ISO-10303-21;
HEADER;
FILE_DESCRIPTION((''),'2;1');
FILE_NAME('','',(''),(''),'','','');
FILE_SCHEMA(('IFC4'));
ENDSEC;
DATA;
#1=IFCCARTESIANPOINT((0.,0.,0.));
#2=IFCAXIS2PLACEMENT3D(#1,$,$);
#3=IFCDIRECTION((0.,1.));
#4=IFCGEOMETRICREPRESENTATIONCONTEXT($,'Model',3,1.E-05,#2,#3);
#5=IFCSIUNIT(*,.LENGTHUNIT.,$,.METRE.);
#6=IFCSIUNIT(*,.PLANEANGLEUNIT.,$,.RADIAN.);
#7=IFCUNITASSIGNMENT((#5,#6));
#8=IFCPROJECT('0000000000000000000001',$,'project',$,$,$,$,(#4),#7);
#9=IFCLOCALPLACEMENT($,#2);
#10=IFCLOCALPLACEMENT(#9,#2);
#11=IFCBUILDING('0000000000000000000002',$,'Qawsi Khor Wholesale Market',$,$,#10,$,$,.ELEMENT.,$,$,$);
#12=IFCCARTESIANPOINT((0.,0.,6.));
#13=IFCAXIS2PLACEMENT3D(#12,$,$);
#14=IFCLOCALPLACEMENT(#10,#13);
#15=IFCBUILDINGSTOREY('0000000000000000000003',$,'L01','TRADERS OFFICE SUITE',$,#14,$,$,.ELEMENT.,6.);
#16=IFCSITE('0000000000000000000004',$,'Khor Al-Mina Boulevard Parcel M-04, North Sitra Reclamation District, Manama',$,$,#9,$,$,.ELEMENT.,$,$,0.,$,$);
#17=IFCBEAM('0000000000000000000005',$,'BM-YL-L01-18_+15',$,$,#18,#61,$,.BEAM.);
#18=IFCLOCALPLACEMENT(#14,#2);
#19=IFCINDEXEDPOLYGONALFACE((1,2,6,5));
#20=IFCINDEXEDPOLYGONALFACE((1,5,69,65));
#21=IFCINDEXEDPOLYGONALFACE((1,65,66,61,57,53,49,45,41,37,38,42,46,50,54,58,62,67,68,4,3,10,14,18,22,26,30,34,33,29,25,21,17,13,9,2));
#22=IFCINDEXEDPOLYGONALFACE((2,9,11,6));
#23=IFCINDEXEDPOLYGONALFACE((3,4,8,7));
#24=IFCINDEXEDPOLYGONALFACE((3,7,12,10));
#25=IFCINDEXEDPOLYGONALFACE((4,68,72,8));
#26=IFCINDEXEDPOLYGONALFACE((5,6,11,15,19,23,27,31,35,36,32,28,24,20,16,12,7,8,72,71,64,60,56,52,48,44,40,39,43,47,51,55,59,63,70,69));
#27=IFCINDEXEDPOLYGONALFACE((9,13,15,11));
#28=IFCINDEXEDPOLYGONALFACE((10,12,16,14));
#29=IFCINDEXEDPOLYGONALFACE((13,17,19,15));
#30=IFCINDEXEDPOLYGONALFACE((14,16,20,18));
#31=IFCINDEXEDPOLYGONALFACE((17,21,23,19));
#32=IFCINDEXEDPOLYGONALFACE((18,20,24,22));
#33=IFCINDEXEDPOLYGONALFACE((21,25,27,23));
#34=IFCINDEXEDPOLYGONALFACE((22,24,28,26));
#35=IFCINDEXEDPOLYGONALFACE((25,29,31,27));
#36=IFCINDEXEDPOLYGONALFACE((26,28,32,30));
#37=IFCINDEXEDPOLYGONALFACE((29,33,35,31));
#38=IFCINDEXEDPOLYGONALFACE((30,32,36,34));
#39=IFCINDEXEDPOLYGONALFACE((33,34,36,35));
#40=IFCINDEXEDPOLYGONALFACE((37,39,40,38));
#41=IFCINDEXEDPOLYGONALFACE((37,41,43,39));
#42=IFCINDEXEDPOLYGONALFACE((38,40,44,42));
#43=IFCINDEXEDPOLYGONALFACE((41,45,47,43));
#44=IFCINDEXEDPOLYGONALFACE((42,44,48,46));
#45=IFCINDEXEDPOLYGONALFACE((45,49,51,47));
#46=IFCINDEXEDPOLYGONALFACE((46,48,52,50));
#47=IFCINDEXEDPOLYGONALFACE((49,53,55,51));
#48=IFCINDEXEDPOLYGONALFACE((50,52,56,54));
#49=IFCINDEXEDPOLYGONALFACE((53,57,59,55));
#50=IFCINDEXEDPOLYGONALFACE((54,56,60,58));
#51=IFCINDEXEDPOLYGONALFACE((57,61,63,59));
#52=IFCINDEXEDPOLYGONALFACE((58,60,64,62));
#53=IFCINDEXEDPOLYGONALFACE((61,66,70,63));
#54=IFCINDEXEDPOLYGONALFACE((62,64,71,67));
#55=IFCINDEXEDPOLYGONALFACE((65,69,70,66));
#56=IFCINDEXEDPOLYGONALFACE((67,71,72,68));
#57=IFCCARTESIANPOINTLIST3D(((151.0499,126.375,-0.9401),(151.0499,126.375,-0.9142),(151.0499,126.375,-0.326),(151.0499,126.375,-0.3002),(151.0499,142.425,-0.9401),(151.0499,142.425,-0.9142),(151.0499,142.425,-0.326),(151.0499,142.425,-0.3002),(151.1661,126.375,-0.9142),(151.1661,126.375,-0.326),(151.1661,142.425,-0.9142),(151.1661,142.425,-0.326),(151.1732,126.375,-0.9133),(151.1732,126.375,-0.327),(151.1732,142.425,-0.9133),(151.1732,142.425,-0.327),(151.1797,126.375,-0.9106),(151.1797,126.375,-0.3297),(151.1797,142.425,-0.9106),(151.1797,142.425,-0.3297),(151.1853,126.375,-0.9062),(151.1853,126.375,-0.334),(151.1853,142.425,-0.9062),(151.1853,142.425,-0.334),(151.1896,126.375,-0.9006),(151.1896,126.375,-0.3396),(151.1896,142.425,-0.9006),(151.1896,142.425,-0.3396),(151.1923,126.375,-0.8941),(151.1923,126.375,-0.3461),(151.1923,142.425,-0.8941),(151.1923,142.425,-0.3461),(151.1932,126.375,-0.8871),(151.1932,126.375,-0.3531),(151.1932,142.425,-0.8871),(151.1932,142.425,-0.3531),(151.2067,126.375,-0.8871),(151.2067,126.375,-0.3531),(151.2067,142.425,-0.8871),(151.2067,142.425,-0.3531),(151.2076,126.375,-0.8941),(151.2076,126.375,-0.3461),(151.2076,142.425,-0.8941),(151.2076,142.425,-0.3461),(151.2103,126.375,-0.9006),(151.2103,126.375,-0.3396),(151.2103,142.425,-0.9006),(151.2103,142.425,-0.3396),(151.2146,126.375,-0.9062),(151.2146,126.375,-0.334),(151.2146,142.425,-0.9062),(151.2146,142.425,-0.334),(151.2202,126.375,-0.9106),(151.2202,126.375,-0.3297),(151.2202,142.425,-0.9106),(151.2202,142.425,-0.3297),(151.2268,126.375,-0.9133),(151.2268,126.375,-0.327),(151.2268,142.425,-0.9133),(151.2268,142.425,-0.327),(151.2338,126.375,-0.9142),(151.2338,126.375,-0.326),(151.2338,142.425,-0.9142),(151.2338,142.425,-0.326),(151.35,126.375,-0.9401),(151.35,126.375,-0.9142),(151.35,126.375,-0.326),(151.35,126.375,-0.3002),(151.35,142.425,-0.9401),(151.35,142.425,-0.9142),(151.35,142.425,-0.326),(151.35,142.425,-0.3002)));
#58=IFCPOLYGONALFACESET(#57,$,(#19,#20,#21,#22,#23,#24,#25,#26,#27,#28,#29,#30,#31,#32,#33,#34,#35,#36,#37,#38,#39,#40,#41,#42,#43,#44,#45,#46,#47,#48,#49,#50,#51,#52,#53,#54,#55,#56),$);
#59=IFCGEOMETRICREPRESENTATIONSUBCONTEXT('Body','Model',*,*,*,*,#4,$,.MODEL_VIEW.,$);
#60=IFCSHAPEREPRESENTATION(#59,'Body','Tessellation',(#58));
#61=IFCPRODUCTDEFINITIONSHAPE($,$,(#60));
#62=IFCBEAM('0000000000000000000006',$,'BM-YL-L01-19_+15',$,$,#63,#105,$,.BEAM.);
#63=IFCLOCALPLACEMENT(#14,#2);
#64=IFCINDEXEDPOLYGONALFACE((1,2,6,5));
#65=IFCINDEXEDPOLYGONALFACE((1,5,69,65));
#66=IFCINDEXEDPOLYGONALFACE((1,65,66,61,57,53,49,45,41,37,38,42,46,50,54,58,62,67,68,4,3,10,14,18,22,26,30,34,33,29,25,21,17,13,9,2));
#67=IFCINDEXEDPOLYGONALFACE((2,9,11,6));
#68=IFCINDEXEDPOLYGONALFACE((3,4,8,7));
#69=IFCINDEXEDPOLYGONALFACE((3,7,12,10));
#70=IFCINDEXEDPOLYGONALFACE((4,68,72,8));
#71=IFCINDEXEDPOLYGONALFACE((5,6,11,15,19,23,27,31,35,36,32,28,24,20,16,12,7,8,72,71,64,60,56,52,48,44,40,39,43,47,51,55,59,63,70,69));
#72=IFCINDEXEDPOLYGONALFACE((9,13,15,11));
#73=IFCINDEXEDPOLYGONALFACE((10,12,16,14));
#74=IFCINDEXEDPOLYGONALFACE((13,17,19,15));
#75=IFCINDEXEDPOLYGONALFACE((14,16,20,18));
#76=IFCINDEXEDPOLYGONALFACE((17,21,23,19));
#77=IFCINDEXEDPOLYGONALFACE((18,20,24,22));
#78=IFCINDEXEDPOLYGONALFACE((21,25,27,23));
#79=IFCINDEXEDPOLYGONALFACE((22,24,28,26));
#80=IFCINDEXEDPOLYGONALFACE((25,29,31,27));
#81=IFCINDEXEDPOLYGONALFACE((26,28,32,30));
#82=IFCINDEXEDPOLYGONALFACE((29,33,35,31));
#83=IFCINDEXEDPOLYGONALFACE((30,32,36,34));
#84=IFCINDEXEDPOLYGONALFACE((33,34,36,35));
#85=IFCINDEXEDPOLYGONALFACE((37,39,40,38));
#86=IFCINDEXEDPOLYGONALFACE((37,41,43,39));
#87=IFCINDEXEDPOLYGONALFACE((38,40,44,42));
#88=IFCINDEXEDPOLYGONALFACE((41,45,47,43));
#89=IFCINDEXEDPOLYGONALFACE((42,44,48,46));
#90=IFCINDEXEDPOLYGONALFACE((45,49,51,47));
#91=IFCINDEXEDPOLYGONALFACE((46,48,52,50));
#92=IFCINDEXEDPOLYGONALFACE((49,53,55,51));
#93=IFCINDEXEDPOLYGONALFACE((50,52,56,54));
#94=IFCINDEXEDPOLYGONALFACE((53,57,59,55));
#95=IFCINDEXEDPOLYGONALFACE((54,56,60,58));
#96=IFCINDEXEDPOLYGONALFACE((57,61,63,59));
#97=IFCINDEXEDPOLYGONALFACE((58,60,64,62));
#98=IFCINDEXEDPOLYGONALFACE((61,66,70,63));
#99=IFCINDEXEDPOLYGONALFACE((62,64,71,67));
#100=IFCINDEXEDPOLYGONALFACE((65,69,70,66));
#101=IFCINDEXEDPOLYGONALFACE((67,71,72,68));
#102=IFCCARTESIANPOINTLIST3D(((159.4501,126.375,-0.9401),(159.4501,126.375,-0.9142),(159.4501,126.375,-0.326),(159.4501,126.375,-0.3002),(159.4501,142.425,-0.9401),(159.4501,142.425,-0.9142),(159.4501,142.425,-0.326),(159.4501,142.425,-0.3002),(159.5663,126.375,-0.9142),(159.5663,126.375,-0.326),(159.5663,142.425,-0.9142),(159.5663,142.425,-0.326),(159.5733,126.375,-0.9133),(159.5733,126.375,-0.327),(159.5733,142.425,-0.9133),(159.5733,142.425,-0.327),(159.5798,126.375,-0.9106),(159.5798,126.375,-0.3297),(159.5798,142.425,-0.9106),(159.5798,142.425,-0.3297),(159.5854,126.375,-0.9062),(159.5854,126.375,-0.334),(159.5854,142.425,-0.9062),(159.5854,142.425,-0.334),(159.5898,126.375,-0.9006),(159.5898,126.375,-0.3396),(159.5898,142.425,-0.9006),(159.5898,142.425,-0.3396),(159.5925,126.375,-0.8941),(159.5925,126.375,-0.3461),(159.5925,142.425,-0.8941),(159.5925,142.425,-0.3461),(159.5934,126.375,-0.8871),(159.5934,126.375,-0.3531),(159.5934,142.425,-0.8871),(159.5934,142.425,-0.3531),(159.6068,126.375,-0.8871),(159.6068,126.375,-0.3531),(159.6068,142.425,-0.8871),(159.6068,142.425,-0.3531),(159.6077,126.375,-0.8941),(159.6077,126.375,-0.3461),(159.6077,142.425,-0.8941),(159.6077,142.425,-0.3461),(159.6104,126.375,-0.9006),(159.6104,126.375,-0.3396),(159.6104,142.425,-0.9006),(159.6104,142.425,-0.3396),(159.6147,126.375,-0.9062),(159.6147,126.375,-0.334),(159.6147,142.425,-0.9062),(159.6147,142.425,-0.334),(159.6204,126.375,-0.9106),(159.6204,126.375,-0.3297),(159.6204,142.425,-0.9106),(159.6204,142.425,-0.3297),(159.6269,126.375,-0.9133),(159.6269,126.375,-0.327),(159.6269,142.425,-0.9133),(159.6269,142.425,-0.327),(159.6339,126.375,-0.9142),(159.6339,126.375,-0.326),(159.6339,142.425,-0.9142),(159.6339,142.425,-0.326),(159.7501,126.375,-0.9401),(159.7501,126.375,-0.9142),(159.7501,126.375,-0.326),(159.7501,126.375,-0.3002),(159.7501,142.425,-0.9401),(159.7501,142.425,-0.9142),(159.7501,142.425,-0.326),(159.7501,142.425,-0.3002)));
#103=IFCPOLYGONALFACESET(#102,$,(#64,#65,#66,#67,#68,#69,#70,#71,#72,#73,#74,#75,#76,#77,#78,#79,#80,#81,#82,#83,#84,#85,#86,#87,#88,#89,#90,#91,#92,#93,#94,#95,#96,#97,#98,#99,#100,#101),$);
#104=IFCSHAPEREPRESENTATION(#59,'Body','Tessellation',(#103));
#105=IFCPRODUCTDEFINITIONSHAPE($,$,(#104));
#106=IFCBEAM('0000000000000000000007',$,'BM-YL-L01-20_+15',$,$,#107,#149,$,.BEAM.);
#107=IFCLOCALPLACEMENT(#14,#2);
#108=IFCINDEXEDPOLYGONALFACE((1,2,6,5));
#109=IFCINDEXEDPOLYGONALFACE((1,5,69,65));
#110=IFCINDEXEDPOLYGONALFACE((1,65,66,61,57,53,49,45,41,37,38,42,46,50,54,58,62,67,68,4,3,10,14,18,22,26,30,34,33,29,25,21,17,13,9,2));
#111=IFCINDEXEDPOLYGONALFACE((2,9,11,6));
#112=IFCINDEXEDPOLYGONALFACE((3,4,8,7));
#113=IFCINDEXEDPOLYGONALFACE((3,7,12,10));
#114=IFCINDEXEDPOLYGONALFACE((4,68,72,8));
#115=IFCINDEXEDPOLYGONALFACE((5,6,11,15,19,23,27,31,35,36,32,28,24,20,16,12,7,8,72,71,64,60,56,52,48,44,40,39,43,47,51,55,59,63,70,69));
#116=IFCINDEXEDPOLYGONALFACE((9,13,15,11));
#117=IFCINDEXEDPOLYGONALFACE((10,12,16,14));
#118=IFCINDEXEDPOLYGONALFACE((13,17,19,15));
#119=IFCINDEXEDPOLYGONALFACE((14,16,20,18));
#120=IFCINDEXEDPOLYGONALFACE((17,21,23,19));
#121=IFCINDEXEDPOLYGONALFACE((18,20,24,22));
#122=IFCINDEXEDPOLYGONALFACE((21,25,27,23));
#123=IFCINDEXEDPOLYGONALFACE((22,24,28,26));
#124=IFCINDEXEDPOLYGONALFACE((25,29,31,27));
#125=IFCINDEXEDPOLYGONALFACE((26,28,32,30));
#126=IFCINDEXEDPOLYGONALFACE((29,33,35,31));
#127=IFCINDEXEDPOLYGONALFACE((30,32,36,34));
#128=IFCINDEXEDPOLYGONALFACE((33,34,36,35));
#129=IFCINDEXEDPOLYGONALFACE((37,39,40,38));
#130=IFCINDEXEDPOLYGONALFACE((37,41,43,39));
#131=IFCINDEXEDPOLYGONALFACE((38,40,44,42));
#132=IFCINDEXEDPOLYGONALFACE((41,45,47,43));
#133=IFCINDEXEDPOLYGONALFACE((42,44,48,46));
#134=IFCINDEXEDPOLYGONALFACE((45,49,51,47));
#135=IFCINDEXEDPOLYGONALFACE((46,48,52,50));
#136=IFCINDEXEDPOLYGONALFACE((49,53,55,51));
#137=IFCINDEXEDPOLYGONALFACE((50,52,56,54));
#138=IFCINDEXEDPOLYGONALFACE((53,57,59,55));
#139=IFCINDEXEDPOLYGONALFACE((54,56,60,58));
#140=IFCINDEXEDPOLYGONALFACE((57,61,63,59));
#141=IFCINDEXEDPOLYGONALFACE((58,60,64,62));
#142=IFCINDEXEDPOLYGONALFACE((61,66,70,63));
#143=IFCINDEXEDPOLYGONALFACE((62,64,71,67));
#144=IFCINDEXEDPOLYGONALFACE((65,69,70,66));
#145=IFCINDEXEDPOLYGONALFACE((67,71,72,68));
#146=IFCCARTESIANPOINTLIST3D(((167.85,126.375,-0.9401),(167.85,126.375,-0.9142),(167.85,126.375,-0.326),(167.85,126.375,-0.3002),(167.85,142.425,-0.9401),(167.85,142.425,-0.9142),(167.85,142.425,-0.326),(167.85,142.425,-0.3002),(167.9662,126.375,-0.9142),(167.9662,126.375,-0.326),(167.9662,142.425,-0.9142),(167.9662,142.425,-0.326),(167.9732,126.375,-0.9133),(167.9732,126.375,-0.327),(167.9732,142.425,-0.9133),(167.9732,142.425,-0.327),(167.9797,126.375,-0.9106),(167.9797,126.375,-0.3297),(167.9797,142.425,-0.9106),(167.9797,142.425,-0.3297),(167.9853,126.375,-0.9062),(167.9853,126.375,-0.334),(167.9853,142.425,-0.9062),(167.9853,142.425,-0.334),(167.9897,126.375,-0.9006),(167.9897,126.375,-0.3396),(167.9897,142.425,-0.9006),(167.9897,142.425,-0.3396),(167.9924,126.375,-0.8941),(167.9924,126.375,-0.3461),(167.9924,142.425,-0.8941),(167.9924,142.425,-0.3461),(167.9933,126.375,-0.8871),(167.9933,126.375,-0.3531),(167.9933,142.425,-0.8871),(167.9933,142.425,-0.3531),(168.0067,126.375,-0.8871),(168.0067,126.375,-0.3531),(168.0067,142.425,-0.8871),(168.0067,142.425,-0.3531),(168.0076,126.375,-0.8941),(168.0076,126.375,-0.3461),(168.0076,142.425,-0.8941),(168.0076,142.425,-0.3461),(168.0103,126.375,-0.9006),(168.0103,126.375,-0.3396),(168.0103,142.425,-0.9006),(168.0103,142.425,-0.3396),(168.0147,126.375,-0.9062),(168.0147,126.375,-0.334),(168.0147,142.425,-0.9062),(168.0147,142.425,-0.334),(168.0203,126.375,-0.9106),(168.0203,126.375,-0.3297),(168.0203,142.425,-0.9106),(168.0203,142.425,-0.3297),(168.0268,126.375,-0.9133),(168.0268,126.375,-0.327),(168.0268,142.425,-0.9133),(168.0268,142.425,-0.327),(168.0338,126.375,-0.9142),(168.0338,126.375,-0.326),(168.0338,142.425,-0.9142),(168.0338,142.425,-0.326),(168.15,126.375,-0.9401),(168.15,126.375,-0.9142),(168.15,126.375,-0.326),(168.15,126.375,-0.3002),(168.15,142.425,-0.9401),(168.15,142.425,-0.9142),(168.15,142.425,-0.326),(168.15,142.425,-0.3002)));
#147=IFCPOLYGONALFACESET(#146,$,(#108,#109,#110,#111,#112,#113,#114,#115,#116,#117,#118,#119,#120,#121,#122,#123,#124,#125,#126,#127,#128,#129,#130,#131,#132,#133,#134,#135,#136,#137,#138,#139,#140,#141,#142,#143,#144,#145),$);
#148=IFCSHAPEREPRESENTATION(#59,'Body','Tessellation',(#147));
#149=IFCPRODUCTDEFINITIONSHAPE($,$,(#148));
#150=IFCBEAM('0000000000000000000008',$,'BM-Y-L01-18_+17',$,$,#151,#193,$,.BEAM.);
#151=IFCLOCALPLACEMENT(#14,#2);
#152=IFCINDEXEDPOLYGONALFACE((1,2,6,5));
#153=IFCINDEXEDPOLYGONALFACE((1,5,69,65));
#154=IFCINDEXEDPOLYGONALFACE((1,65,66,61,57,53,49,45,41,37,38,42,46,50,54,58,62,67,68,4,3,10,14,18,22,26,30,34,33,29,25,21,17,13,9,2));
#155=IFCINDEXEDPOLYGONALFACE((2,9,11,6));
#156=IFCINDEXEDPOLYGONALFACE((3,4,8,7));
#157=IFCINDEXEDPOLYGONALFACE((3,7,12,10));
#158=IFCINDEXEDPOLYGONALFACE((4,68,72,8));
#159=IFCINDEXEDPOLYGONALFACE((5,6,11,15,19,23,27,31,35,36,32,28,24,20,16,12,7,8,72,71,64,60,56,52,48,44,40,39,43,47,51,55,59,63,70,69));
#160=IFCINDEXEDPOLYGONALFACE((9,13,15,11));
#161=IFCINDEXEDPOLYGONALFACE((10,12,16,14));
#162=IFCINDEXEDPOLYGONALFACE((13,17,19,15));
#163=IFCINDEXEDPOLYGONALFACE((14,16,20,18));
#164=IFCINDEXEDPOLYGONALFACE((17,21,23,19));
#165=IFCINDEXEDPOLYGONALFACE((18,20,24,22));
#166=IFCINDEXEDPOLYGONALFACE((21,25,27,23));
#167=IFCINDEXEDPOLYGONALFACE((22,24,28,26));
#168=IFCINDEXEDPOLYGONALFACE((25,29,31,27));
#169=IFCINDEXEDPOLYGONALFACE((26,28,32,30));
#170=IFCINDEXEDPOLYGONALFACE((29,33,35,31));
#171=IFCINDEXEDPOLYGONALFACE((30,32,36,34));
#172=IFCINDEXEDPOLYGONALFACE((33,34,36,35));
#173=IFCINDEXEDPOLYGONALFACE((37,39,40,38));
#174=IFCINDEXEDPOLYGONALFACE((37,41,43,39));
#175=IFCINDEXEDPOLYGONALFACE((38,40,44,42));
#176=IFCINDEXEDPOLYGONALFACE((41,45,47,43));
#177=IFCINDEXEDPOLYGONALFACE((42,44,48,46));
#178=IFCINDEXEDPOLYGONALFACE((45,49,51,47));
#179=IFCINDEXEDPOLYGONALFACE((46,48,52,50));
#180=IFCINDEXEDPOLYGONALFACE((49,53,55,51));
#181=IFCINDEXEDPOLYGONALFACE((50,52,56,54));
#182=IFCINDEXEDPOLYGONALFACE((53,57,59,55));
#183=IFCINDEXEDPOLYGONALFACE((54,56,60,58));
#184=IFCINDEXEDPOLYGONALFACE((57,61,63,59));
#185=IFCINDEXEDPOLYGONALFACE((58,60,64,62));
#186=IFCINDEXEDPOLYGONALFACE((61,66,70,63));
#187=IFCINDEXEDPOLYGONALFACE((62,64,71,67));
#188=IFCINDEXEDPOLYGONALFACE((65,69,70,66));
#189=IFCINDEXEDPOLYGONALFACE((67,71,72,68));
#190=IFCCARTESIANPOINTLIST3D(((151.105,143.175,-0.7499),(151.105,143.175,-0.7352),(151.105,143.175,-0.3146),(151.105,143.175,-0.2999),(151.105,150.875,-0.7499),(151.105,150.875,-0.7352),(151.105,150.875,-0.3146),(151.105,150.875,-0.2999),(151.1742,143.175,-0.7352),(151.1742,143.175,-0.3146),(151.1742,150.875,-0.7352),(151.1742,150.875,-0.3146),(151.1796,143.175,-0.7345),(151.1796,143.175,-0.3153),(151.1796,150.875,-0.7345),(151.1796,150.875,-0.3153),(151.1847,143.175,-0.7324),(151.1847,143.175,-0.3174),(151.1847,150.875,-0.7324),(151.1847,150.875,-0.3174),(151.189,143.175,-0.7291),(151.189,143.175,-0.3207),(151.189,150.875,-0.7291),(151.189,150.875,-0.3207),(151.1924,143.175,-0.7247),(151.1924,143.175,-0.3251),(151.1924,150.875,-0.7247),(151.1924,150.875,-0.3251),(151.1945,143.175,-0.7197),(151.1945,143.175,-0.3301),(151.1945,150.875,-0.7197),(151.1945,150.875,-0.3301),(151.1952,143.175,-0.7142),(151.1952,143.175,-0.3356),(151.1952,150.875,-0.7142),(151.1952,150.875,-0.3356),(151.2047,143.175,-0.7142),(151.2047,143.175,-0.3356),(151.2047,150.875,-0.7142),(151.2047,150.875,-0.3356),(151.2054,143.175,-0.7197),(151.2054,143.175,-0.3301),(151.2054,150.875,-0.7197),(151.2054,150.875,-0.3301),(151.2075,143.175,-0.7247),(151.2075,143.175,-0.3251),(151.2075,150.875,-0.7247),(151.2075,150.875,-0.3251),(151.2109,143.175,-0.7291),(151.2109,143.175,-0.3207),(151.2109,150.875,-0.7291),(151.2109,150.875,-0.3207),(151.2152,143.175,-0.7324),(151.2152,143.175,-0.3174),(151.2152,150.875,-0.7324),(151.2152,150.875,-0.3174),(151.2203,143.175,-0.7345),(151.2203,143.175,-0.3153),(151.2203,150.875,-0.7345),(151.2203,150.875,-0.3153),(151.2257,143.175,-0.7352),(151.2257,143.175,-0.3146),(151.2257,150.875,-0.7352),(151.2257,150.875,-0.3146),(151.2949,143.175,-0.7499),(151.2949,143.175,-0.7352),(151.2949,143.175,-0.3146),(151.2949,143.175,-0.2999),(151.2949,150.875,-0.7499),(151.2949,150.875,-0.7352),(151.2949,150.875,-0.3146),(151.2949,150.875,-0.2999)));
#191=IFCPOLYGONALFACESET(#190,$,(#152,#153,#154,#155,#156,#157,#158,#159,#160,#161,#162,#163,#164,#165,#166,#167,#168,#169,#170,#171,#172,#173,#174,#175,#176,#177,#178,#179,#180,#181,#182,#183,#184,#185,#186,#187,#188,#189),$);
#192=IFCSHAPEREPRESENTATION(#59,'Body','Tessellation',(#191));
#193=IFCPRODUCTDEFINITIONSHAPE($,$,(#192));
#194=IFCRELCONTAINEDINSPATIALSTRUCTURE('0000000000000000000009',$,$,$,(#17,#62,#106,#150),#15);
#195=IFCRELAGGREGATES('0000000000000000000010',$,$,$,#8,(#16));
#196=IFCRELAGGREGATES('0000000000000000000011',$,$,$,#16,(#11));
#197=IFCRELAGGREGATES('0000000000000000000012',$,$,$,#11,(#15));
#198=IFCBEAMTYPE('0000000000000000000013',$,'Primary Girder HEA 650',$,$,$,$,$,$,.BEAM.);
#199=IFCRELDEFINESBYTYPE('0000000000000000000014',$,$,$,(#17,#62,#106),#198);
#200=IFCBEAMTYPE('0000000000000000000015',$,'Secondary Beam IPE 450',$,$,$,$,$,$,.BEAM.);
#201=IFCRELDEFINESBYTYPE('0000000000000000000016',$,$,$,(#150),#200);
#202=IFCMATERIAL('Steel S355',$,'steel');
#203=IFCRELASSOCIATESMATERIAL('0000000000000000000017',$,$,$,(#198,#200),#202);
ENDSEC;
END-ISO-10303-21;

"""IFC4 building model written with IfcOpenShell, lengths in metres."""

from ifc_helpers import new_model, si_unit, direction, frame, origin, origin_2d, place, context, subcontext, project, spatial, i_section, extrude, material, material_profile, profile_set, type_object, element, save


model = new_model("IFC4")

# Units and contexts
model_context = context("Model", 3, precision=1e-05, world=origin(), true_north=direction((0.0, 1.0)))
body_context = subcontext(model_context, "Body", "Model", "MODEL_VIEW")
ifc_project = project(units=[si_unit("LENGTHUNIT", "METRE"), si_unit("PLANEANGLEUNIT", "RADIAN")], contexts=[model_context])

# Site, building, storey
site_placement = place(None, origin())
site = spatial("IfcSite", under=ifc_project, at=site_placement, Name="Khor Al-Mina Boulevard Parcel M-04, North Sitra Reclamation District, Manama", CompositionType="ELEMENT", RefElevation=0.0)
building_placement = place(site_placement, origin())
building = spatial("IfcBuilding", under=site, at=building_placement, Name="Qawsi Khor Wholesale Market", CompositionType="ELEMENT")
storey_placement = place(building_placement, frame((0.0, 0.0, 6.0)))
storey = spatial("IfcBuildingStorey", under=building, at=storey_placement, Name="L01", Description="TRADERS OFFICE SUITE", CompositionType="ELEMENT", Elevation=6.0)

# Beams
ifc_material_1 = material(Name="Steel S355", Category="steel")
ifc_material_profile_1 = material_profile(ifc_material_1, i_section(OverallWidth=0.3, OverallDepth=0.6399, WebThickness=0.0134, FlangeThickness=0.0259, FilletRadius=0.0271, at=origin_2d()), Name="HEA 650")
ifc_profile_set_1 = profile_set([ifc_material_profile_1], Name="Steel S355")
beam_type_1 = type_object("IfcBeamType", Name="Primary Girder HEA 650", PredefinedType="BEAM", material=ifc_profile_set_1)
for number, where, z_axis, x_axis, name in (
    (1, (151.2, 126.375, -0.6201), (0.0, 1.0, 0.0), (-1.0, 0.0, 0.0), "BM-YL-L01-18_+15"),
    (2, (159.6001, 126.375, -0.6201), (0.0, 1.0, 0.0), (-1.0, 0.0, 0.0), "BM-YL-L01-19_+15"),
    (3, (168.0, 126.375, -0.6201), (0.0, 1.0, 0.0), (-1.0, 0.0, 0.0), "BM-YL-L01-20_+15"),
):
    element("IfcBeam", number, at=place(storey_placement, frame(where, z_axis=z_axis, x_axis=x_axis)), inside=storey, type_object=beam_type_1, Name=name, PredefinedType="BEAM", context=body_context, shape_type="SweptSolid", body=[
        extrude(i_section(OverallWidth=0.3, OverallDepth=0.6399, WebThickness=0.0134, FlangeThickness=0.0259, FilletRadius=0.0271, at=origin_2d()), origin(), (0.0, 0.0, 1.0), 16.05),
    ])
ifc_material_profile_2 = material_profile(ifc_material_1, i_section(OverallWidth=0.1899, OverallDepth=0.45, WebThickness=0.0095, FlangeThickness=0.0146, FilletRadius=0.021, at=origin_2d()), Name="IPE 450")
ifc_profile_set_2 = profile_set([ifc_material_profile_2], Name="Steel S355")
beam_type_2 = type_object("IfcBeamType", Name="Secondary Beam IPE 450", PredefinedType="BEAM", material=ifc_profile_set_2)
for number, where, z_axis, x_axis, name in (
    (4, (151.2, 143.175, -0.5249), (0.0, 1.0, 0.0), (-1.0, 0.0, 0.0), "BM-Y-L01-18_+17"),
):
    element("IfcBeam", number, at=place(storey_placement, frame(where, z_axis=z_axis, x_axis=x_axis)), inside=storey, type_object=beam_type_2, Name=name, PredefinedType="BEAM", context=body_context, shape_type="SweptSolid", body=[
        extrude(i_section(OverallWidth=0.1899, OverallDepth=0.45, WebThickness=0.0095, FlangeThickness=0.0146, FilletRadius=0.021, at=origin_2d()), origin(), (0.0, 0.0, 1.0), 7.7),
    ])

save(model, "model.ifc")
